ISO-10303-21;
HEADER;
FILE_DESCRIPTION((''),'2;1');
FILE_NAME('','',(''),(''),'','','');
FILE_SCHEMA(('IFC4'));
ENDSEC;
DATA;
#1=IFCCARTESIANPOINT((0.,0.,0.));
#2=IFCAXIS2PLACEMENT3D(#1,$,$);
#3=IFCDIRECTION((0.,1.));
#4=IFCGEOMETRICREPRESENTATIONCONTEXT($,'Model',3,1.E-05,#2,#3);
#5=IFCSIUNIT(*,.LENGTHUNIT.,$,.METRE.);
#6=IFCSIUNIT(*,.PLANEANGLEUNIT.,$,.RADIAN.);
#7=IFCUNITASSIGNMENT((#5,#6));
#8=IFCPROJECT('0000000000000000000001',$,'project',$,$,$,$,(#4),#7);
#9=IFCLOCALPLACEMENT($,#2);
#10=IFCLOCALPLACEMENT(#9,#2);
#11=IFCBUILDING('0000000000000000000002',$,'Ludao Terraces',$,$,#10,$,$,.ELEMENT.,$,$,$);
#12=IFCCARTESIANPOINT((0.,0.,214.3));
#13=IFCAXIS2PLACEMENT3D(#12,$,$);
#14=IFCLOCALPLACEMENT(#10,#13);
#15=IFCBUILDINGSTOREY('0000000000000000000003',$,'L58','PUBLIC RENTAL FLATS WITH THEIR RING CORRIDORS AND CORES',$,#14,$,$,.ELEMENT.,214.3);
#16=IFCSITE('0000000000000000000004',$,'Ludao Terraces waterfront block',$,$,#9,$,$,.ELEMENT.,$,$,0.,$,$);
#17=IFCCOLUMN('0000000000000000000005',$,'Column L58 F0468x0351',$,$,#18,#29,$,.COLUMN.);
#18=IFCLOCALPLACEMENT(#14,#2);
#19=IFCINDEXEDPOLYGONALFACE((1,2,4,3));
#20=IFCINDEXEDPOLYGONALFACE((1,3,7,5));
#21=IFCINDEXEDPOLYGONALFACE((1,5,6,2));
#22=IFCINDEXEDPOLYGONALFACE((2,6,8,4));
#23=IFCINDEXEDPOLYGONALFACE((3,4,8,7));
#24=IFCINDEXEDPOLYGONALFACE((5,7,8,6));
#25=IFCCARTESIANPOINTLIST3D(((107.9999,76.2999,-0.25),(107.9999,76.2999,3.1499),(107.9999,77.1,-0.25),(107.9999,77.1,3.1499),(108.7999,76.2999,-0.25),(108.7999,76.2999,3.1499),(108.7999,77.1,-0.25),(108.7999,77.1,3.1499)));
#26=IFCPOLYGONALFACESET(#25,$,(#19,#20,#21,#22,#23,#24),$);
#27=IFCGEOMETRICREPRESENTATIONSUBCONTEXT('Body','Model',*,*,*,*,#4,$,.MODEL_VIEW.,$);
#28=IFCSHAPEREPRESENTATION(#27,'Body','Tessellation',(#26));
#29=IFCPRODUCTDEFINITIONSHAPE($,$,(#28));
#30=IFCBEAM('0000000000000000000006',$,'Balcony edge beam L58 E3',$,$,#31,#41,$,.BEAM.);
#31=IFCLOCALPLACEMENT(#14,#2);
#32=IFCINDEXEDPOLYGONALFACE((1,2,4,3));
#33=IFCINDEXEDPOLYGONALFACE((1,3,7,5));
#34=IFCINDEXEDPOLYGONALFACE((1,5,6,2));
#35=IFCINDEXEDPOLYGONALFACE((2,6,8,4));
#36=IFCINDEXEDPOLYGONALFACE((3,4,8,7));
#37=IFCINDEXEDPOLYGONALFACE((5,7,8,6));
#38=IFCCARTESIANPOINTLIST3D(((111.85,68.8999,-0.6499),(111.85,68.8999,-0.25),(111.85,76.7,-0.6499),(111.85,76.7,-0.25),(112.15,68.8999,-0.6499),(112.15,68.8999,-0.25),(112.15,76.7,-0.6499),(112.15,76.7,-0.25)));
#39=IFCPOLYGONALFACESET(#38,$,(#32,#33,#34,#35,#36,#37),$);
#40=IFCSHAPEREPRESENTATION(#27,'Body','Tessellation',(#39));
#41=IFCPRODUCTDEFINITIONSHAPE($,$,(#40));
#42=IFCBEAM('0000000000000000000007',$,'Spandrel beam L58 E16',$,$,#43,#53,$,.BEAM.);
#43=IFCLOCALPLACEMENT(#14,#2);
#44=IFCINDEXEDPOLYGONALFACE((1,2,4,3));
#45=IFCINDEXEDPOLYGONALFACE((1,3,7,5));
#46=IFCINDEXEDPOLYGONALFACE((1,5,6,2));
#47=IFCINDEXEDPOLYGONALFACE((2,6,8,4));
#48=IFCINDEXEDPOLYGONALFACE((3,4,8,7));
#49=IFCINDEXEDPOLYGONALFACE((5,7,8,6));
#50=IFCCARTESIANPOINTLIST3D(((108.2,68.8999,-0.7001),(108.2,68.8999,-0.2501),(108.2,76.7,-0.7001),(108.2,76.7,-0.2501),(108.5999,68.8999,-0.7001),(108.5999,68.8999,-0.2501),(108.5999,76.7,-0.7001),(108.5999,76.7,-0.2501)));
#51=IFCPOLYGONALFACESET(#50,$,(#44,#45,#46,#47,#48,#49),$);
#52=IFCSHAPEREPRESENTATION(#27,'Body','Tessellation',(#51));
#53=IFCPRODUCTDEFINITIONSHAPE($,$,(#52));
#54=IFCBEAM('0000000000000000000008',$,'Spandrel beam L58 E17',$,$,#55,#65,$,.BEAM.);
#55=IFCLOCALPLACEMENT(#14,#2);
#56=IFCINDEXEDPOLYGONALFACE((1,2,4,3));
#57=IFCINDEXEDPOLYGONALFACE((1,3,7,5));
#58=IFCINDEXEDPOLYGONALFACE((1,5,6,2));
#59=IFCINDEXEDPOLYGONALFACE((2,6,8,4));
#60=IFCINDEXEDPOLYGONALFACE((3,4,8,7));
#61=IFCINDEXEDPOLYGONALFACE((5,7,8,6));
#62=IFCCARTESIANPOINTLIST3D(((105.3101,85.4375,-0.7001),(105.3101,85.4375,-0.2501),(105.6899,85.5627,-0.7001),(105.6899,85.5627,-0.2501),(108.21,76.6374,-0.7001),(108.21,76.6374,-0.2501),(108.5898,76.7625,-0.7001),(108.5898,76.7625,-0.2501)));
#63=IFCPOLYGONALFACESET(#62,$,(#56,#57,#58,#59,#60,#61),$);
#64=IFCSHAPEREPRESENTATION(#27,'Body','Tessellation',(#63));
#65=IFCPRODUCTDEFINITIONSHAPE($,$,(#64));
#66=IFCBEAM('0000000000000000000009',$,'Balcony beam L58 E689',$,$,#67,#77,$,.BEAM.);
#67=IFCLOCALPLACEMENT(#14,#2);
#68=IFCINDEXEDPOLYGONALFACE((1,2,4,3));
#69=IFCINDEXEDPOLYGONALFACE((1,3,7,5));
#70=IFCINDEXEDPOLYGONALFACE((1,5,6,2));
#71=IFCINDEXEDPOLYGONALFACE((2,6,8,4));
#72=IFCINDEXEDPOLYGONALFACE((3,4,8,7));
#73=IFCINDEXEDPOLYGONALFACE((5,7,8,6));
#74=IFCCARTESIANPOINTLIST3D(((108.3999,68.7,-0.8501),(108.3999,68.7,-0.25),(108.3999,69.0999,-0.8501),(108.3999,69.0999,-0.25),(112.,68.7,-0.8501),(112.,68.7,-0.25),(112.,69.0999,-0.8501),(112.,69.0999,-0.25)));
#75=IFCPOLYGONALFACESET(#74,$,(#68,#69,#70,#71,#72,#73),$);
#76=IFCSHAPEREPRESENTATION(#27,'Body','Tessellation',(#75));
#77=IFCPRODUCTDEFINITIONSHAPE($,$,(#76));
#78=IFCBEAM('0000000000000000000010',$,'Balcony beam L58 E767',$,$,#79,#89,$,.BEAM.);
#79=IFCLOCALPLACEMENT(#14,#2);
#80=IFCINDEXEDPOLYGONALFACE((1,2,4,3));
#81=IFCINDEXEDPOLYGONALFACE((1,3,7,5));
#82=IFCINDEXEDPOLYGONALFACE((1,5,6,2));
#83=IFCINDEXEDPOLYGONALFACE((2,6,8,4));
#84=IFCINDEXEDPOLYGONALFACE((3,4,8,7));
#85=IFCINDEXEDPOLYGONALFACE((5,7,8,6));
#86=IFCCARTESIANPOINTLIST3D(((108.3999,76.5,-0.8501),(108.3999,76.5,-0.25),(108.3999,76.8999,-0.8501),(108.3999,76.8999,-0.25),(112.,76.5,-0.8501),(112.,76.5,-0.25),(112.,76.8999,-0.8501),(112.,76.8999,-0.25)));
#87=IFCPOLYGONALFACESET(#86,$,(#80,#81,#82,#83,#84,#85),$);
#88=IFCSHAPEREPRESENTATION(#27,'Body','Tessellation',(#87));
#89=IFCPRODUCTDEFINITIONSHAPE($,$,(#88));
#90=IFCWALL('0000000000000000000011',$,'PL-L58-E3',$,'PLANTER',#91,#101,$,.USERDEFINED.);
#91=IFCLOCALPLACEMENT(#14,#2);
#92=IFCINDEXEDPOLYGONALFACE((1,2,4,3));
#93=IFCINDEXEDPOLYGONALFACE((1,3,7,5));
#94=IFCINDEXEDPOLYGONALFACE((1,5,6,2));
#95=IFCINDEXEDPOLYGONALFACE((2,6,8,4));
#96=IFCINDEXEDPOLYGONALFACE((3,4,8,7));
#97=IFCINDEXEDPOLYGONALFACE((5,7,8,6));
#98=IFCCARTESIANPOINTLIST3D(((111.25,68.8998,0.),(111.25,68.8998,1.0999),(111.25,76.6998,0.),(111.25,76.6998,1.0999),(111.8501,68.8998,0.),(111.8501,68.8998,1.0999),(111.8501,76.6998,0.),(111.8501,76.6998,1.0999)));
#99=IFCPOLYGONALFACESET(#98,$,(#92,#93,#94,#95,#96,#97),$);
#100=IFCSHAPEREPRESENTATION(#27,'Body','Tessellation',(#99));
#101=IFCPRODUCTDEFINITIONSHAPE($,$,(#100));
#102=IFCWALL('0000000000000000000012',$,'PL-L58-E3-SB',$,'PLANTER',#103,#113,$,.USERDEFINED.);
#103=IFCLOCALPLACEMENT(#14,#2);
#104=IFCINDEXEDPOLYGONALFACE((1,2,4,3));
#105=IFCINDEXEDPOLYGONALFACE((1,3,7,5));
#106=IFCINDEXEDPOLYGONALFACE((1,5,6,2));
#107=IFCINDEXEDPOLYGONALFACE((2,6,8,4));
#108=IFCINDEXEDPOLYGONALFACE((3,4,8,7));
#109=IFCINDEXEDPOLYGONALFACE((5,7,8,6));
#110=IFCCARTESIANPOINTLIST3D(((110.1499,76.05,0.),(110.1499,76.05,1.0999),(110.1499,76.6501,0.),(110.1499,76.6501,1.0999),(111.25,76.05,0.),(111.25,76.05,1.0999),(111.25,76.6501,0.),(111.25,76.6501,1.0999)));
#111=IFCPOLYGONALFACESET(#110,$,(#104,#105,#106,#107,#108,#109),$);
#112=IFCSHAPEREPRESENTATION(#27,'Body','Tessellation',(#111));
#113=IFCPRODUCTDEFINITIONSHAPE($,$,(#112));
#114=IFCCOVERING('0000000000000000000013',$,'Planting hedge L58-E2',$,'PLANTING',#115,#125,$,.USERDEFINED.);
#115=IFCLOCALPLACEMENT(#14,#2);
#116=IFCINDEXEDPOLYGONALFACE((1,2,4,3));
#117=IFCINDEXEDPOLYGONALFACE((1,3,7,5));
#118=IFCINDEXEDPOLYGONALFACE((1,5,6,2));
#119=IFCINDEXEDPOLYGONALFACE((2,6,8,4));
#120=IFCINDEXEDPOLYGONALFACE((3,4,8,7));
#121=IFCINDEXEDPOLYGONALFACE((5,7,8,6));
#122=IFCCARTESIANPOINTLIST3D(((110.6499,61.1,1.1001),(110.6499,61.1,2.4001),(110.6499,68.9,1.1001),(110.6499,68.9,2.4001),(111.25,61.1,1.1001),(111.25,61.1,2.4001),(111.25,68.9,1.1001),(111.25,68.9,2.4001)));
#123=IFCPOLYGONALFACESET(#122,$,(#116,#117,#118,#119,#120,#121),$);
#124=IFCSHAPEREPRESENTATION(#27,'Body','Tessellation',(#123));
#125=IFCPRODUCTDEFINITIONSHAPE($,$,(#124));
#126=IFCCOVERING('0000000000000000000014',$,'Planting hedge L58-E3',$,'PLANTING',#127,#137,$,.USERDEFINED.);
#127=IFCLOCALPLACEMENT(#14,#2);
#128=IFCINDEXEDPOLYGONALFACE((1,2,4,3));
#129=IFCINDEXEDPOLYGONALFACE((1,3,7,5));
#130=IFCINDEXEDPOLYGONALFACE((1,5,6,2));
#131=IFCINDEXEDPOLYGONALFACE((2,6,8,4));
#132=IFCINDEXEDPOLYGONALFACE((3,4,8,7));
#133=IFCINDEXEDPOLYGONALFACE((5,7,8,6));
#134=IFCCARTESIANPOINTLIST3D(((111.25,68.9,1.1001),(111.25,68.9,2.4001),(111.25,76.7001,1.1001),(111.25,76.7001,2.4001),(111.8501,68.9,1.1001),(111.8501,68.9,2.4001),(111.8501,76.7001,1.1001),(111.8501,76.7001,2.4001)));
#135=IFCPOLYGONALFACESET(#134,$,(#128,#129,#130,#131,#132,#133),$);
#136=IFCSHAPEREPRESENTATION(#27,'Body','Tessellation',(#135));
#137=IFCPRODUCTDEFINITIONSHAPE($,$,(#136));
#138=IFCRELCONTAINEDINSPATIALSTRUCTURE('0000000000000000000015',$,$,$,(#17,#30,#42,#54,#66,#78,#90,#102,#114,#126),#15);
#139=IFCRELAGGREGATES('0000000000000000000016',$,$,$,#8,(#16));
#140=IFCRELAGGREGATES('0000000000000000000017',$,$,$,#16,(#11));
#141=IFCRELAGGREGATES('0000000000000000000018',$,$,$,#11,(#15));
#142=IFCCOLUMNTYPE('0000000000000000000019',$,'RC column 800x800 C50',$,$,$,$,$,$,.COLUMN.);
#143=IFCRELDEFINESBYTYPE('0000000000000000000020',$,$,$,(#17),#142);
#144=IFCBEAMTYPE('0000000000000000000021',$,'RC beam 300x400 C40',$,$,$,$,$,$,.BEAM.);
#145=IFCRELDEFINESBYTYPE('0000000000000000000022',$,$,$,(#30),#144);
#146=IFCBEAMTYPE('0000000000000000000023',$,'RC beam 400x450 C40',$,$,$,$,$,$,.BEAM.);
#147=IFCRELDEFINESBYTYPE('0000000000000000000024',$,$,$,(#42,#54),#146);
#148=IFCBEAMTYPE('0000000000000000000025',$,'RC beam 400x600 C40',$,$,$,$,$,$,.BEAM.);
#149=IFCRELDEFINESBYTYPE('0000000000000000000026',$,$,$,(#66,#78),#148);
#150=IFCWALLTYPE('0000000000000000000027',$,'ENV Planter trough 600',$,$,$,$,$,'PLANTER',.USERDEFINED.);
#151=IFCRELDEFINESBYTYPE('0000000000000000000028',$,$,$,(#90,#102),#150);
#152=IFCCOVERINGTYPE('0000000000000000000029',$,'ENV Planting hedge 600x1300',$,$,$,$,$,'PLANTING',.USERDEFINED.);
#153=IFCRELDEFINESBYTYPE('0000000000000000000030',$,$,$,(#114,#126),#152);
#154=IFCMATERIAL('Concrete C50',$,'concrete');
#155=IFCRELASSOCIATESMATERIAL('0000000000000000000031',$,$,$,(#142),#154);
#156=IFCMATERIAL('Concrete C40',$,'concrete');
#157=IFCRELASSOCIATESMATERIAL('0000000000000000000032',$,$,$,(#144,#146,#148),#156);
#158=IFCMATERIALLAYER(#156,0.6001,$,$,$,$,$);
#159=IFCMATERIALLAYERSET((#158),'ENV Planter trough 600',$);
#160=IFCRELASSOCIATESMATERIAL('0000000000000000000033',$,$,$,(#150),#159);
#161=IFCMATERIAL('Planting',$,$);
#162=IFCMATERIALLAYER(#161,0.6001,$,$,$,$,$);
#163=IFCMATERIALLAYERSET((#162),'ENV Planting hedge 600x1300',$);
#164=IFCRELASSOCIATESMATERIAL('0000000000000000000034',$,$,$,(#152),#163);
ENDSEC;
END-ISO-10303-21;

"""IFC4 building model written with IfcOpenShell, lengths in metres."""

from ifc_helpers import new_model, si_unit, direction, frame, frame_2d, origin, origin_2d, place, context, subcontext, project, spatial, rectangle, extrude, material, layer, layer_set, material_profile, profile_set, type_object, element, save


model = new_model("IFC4")

# Units and contexts
model_context = context("Model", 3, precision=1e-05, world=origin(), true_north=direction((0.0, 1.0)))
body_context = subcontext(model_context, "Body", "Model", "MODEL_VIEW")
ifc_project = project(units=[si_unit("LENGTHUNIT", "METRE"), si_unit("PLANEANGLEUNIT", "RADIAN")], contexts=[model_context])

# Site, building, storey
site_placement = place(None, origin())
site = spatial("IfcSite", under=ifc_project, at=site_placement, Name="Ludao Terraces waterfront block", CompositionType="ELEMENT", RefElevation=0.0)
building_placement = place(site_placement, origin())
building = spatial("IfcBuilding", under=site, at=building_placement, Name="Ludao Terraces", CompositionType="ELEMENT")
storey_placement = place(building_placement, frame((0.0, 0.0, 214.3)))
storey = spatial("IfcBuildingStorey", under=building, at=storey_placement, Name="L58", Description="PUBLIC RENTAL FLATS WITH THEIR RING CORRIDORS AND CORES", CompositionType="ELEMENT", Elevation=214.3)

# Column
ifc_material_1 = material(Name="Concrete C50", Category="concrete")
ifc_material_profile_1 = material_profile(ifc_material_1, rectangle(XDim=0.8, YDim=0.8, at=origin_2d()), Name="800 X 800")
ifc_profile_set_1 = profile_set([ifc_material_profile_1], Name="Concrete C50")
column_type = type_object("IfcColumnType", Name="RC column 800x800 C50", PredefinedType="COLUMN", material=ifc_profile_set_1)
column_placement = place(storey_placement, frame((108.3999, 76.7, -0.25), z_axis=(0.0, 0.0, 1.0), x_axis=(1.0, 0.0, 0.0)))
element("IfcColumn", 1, at=column_placement, inside=storey, type_object=column_type, Name="Column L58 F0468x0351", PredefinedType="COLUMN", context=body_context, shape_type="SweptSolid", body=[
    extrude(rectangle(XDim=0.8, YDim=0.8, at=origin_2d()), origin(), (0.0, 0.0, 1.0), 3.3999),
])

# Beams
ifc_material_2 = material(Name="Concrete C40", Category="concrete")
ifc_material_profile_2 = material_profile(ifc_material_2, rectangle(XDim=0.3, YDim=0.3999, at=origin_2d()), Name="300 X 400")
ifc_profile_set_2 = profile_set([ifc_material_profile_2], Name="Concrete C40")
beam_type_1 = type_object("IfcBeamType", Name="RC beam 300x400 C40", PredefinedType="BEAM", material=ifc_profile_set_2)
beam_1_placement = place(storey_placement, frame((112.0, 68.8999, -0.45), z_axis=(0.0, 1.0, 0.0), x_axis=(-1.0, 0.0, 0.0)))
element("IfcBeam", 2, at=beam_1_placement, inside=storey, type_object=beam_type_1, Name="Balcony edge beam L58 E3", PredefinedType="BEAM", context=body_context, shape_type="SweptSolid", body=[
    extrude(rectangle(XDim=0.3, YDim=0.3999, at=origin_2d()), origin(), (0.0, 0.0, 1.0), 7.8),
])
ifc_material_profile_3 = material_profile(ifc_material_2, rectangle(XDim=0.3999, YDim=0.45, at=origin_2d()), Name="400 X 450")
ifc_profile_set_3 = profile_set([ifc_material_profile_3], Name="Concrete C40")
beam_type_2 = type_object("IfcBeamType", Name="RC beam 400x450 C40", PredefinedType="BEAM", material=ifc_profile_set_3)
beam_2_placement = place(storey_placement, frame((108.3999, 68.8999, -0.4751), z_axis=(0.0, 1.0, 0.0), x_axis=(-1.0, 0.0, 0.0)))
element("IfcBeam", 3, at=beam_2_placement, inside=storey, type_object=beam_type_2, Name="Spandrel beam L58 E16", PredefinedType="BEAM", context=body_context, shape_type="SweptSolid", body=[
    extrude(rectangle(XDim=0.3999, YDim=0.45, at=origin_2d()), origin(), (0.0, 0.0, 1.0), 7.8),
])
beam_3_placement = place(storey_placement, frame((108.3999, 76.7, -0.4751), z_axis=(-0.312977, 0.949761, 0.0), x_axis=(-0.949761, -0.312977, 0.0)))
element("IfcBeam", 4, at=beam_3_placement, inside=storey, type_object=beam_type_2, Name="Spandrel beam L58 E17", PredefinedType="BEAM", context=body_context, shape_type="SweptSolid", body=[
    extrude(rectangle(XDim=0.3999, YDim=0.45, at=origin_2d()), origin(), (0.0, 0.0, 1.0), 9.2656),
])
ifc_material_profile_4 = material_profile(ifc_material_2, rectangle(XDim=0.3999, YDim=0.6001, at=origin_2d()), Name="400 X 600")
ifc_profile_set_4 = profile_set([ifc_material_profile_4], Name="Concrete C40")
beam_type_3 = type_object("IfcBeamType", Name="RC beam 400x600 C40", PredefinedType="BEAM", material=ifc_profile_set_4)
for number, where, z_axis, x_axis, name in (
    (5, (108.3999, 68.8999, -0.55), (1.0, 0.0, 0.0), (0.0, 1.0, 0.0), "Balcony beam L58 E689"),
    (6, (108.3999, 76.7, -0.55), (1.0, 0.0, 0.0), (0.0, 1.0, 0.0), "Balcony beam L58 E767"),
):
    element("IfcBeam", number, at=place(storey_placement, frame(where, z_axis=z_axis, x_axis=x_axis)), inside=storey, type_object=beam_type_3, Name=name, PredefinedType="BEAM", context=body_context, shape_type="SweptSolid", body=[
        extrude(rectangle(XDim=0.3999, YDim=0.6001, at=origin_2d()), origin(), (0.0, 0.0, 1.0), 3.6001),
    ])

# Walls
ifc_layer_1 = layer(ifc_material_2, 0.6001)
ifc_layer_set_1 = layer_set([ifc_layer_1], Name="ENV Planter trough 600")
wall_type = type_object("IfcWallType", Name="ENV Planter trough 600", ElementType="PLANTER", PredefinedType="USERDEFINED", material=ifc_layer_set_1)
wall_1_placement = place(storey_placement, frame((111.55, 68.8999, 0.0), z_axis=(0.0, 0.0, 1.0), x_axis=(0.0, 1.0, 0.0)))
element("IfcWall", 7, at=wall_1_placement, inside=storey, type_object=wall_type, Name="PL-L58-E3", ObjectType="PLANTER", PredefinedType="USERDEFINED", context=body_context, shape_type="SweptSolid", body=[
    extrude(rectangle(XDim=7.8, YDim=0.6001, at=frame_2d((3.8999, 0.0))), origin(), (0.0, 0.0, 1.0), 1.0999),
])
wall_2_placement = place(storey_placement, frame((111.25, 76.3501, 0.0), z_axis=(0.0, 0.0, 1.0), x_axis=(-1.0, 0.0, 0.0)))
element("IfcWall", 8, at=wall_2_placement, inside=storey, type_object=wall_type, Name="PL-L58-E3-SB", ObjectType="PLANTER", PredefinedType="USERDEFINED", context=body_context, shape_type="SweptSolid", body=[
    extrude(rectangle(XDim=1.1001, YDim=0.6001, at=frame_2d((0.55, 0.0))), origin(), (0.0, 0.0, 1.0), 1.0999),
])

# Coverings
ifc_material_3 = material(Name="Planting")
ifc_layer_2 = layer(ifc_material_3, 0.6001)
ifc_layer_set_2 = layer_set([ifc_layer_2], Name="ENV Planting hedge 600x1300")
covering_type = type_object("IfcCoveringType", Name="ENV Planting hedge 600x1300", ElementType="PLANTING", PredefinedType="USERDEFINED", material=ifc_layer_set_2)
for number, where, z_axis, x_axis, name in (
    (9, (110.95, 65.0, 1.1001), (0.0, 0.0, 1.0), (1.0, 0.0, 0.0), "Planting hedge L58-E2"),
    (10, (111.55, 72.8, 1.1001), (0.0, 0.0, 1.0), (1.0, 0.0, 0.0), "Planting hedge L58-E3"),
):
    element("IfcCovering", number, at=place(storey_placement, frame(where, z_axis=z_axis, x_axis=x_axis)), inside=storey, type_object=covering_type, Name=name, ObjectType="PLANTING", PredefinedType="USERDEFINED", context=body_context, shape_type="SweptSolid", body=[
        extrude(rectangle(XDim=0.6001, YDim=7.8, at=origin_2d()), origin(), (0.0, 0.0, 1.0), 1.3),
    ])

save(model, "model.ifc")
